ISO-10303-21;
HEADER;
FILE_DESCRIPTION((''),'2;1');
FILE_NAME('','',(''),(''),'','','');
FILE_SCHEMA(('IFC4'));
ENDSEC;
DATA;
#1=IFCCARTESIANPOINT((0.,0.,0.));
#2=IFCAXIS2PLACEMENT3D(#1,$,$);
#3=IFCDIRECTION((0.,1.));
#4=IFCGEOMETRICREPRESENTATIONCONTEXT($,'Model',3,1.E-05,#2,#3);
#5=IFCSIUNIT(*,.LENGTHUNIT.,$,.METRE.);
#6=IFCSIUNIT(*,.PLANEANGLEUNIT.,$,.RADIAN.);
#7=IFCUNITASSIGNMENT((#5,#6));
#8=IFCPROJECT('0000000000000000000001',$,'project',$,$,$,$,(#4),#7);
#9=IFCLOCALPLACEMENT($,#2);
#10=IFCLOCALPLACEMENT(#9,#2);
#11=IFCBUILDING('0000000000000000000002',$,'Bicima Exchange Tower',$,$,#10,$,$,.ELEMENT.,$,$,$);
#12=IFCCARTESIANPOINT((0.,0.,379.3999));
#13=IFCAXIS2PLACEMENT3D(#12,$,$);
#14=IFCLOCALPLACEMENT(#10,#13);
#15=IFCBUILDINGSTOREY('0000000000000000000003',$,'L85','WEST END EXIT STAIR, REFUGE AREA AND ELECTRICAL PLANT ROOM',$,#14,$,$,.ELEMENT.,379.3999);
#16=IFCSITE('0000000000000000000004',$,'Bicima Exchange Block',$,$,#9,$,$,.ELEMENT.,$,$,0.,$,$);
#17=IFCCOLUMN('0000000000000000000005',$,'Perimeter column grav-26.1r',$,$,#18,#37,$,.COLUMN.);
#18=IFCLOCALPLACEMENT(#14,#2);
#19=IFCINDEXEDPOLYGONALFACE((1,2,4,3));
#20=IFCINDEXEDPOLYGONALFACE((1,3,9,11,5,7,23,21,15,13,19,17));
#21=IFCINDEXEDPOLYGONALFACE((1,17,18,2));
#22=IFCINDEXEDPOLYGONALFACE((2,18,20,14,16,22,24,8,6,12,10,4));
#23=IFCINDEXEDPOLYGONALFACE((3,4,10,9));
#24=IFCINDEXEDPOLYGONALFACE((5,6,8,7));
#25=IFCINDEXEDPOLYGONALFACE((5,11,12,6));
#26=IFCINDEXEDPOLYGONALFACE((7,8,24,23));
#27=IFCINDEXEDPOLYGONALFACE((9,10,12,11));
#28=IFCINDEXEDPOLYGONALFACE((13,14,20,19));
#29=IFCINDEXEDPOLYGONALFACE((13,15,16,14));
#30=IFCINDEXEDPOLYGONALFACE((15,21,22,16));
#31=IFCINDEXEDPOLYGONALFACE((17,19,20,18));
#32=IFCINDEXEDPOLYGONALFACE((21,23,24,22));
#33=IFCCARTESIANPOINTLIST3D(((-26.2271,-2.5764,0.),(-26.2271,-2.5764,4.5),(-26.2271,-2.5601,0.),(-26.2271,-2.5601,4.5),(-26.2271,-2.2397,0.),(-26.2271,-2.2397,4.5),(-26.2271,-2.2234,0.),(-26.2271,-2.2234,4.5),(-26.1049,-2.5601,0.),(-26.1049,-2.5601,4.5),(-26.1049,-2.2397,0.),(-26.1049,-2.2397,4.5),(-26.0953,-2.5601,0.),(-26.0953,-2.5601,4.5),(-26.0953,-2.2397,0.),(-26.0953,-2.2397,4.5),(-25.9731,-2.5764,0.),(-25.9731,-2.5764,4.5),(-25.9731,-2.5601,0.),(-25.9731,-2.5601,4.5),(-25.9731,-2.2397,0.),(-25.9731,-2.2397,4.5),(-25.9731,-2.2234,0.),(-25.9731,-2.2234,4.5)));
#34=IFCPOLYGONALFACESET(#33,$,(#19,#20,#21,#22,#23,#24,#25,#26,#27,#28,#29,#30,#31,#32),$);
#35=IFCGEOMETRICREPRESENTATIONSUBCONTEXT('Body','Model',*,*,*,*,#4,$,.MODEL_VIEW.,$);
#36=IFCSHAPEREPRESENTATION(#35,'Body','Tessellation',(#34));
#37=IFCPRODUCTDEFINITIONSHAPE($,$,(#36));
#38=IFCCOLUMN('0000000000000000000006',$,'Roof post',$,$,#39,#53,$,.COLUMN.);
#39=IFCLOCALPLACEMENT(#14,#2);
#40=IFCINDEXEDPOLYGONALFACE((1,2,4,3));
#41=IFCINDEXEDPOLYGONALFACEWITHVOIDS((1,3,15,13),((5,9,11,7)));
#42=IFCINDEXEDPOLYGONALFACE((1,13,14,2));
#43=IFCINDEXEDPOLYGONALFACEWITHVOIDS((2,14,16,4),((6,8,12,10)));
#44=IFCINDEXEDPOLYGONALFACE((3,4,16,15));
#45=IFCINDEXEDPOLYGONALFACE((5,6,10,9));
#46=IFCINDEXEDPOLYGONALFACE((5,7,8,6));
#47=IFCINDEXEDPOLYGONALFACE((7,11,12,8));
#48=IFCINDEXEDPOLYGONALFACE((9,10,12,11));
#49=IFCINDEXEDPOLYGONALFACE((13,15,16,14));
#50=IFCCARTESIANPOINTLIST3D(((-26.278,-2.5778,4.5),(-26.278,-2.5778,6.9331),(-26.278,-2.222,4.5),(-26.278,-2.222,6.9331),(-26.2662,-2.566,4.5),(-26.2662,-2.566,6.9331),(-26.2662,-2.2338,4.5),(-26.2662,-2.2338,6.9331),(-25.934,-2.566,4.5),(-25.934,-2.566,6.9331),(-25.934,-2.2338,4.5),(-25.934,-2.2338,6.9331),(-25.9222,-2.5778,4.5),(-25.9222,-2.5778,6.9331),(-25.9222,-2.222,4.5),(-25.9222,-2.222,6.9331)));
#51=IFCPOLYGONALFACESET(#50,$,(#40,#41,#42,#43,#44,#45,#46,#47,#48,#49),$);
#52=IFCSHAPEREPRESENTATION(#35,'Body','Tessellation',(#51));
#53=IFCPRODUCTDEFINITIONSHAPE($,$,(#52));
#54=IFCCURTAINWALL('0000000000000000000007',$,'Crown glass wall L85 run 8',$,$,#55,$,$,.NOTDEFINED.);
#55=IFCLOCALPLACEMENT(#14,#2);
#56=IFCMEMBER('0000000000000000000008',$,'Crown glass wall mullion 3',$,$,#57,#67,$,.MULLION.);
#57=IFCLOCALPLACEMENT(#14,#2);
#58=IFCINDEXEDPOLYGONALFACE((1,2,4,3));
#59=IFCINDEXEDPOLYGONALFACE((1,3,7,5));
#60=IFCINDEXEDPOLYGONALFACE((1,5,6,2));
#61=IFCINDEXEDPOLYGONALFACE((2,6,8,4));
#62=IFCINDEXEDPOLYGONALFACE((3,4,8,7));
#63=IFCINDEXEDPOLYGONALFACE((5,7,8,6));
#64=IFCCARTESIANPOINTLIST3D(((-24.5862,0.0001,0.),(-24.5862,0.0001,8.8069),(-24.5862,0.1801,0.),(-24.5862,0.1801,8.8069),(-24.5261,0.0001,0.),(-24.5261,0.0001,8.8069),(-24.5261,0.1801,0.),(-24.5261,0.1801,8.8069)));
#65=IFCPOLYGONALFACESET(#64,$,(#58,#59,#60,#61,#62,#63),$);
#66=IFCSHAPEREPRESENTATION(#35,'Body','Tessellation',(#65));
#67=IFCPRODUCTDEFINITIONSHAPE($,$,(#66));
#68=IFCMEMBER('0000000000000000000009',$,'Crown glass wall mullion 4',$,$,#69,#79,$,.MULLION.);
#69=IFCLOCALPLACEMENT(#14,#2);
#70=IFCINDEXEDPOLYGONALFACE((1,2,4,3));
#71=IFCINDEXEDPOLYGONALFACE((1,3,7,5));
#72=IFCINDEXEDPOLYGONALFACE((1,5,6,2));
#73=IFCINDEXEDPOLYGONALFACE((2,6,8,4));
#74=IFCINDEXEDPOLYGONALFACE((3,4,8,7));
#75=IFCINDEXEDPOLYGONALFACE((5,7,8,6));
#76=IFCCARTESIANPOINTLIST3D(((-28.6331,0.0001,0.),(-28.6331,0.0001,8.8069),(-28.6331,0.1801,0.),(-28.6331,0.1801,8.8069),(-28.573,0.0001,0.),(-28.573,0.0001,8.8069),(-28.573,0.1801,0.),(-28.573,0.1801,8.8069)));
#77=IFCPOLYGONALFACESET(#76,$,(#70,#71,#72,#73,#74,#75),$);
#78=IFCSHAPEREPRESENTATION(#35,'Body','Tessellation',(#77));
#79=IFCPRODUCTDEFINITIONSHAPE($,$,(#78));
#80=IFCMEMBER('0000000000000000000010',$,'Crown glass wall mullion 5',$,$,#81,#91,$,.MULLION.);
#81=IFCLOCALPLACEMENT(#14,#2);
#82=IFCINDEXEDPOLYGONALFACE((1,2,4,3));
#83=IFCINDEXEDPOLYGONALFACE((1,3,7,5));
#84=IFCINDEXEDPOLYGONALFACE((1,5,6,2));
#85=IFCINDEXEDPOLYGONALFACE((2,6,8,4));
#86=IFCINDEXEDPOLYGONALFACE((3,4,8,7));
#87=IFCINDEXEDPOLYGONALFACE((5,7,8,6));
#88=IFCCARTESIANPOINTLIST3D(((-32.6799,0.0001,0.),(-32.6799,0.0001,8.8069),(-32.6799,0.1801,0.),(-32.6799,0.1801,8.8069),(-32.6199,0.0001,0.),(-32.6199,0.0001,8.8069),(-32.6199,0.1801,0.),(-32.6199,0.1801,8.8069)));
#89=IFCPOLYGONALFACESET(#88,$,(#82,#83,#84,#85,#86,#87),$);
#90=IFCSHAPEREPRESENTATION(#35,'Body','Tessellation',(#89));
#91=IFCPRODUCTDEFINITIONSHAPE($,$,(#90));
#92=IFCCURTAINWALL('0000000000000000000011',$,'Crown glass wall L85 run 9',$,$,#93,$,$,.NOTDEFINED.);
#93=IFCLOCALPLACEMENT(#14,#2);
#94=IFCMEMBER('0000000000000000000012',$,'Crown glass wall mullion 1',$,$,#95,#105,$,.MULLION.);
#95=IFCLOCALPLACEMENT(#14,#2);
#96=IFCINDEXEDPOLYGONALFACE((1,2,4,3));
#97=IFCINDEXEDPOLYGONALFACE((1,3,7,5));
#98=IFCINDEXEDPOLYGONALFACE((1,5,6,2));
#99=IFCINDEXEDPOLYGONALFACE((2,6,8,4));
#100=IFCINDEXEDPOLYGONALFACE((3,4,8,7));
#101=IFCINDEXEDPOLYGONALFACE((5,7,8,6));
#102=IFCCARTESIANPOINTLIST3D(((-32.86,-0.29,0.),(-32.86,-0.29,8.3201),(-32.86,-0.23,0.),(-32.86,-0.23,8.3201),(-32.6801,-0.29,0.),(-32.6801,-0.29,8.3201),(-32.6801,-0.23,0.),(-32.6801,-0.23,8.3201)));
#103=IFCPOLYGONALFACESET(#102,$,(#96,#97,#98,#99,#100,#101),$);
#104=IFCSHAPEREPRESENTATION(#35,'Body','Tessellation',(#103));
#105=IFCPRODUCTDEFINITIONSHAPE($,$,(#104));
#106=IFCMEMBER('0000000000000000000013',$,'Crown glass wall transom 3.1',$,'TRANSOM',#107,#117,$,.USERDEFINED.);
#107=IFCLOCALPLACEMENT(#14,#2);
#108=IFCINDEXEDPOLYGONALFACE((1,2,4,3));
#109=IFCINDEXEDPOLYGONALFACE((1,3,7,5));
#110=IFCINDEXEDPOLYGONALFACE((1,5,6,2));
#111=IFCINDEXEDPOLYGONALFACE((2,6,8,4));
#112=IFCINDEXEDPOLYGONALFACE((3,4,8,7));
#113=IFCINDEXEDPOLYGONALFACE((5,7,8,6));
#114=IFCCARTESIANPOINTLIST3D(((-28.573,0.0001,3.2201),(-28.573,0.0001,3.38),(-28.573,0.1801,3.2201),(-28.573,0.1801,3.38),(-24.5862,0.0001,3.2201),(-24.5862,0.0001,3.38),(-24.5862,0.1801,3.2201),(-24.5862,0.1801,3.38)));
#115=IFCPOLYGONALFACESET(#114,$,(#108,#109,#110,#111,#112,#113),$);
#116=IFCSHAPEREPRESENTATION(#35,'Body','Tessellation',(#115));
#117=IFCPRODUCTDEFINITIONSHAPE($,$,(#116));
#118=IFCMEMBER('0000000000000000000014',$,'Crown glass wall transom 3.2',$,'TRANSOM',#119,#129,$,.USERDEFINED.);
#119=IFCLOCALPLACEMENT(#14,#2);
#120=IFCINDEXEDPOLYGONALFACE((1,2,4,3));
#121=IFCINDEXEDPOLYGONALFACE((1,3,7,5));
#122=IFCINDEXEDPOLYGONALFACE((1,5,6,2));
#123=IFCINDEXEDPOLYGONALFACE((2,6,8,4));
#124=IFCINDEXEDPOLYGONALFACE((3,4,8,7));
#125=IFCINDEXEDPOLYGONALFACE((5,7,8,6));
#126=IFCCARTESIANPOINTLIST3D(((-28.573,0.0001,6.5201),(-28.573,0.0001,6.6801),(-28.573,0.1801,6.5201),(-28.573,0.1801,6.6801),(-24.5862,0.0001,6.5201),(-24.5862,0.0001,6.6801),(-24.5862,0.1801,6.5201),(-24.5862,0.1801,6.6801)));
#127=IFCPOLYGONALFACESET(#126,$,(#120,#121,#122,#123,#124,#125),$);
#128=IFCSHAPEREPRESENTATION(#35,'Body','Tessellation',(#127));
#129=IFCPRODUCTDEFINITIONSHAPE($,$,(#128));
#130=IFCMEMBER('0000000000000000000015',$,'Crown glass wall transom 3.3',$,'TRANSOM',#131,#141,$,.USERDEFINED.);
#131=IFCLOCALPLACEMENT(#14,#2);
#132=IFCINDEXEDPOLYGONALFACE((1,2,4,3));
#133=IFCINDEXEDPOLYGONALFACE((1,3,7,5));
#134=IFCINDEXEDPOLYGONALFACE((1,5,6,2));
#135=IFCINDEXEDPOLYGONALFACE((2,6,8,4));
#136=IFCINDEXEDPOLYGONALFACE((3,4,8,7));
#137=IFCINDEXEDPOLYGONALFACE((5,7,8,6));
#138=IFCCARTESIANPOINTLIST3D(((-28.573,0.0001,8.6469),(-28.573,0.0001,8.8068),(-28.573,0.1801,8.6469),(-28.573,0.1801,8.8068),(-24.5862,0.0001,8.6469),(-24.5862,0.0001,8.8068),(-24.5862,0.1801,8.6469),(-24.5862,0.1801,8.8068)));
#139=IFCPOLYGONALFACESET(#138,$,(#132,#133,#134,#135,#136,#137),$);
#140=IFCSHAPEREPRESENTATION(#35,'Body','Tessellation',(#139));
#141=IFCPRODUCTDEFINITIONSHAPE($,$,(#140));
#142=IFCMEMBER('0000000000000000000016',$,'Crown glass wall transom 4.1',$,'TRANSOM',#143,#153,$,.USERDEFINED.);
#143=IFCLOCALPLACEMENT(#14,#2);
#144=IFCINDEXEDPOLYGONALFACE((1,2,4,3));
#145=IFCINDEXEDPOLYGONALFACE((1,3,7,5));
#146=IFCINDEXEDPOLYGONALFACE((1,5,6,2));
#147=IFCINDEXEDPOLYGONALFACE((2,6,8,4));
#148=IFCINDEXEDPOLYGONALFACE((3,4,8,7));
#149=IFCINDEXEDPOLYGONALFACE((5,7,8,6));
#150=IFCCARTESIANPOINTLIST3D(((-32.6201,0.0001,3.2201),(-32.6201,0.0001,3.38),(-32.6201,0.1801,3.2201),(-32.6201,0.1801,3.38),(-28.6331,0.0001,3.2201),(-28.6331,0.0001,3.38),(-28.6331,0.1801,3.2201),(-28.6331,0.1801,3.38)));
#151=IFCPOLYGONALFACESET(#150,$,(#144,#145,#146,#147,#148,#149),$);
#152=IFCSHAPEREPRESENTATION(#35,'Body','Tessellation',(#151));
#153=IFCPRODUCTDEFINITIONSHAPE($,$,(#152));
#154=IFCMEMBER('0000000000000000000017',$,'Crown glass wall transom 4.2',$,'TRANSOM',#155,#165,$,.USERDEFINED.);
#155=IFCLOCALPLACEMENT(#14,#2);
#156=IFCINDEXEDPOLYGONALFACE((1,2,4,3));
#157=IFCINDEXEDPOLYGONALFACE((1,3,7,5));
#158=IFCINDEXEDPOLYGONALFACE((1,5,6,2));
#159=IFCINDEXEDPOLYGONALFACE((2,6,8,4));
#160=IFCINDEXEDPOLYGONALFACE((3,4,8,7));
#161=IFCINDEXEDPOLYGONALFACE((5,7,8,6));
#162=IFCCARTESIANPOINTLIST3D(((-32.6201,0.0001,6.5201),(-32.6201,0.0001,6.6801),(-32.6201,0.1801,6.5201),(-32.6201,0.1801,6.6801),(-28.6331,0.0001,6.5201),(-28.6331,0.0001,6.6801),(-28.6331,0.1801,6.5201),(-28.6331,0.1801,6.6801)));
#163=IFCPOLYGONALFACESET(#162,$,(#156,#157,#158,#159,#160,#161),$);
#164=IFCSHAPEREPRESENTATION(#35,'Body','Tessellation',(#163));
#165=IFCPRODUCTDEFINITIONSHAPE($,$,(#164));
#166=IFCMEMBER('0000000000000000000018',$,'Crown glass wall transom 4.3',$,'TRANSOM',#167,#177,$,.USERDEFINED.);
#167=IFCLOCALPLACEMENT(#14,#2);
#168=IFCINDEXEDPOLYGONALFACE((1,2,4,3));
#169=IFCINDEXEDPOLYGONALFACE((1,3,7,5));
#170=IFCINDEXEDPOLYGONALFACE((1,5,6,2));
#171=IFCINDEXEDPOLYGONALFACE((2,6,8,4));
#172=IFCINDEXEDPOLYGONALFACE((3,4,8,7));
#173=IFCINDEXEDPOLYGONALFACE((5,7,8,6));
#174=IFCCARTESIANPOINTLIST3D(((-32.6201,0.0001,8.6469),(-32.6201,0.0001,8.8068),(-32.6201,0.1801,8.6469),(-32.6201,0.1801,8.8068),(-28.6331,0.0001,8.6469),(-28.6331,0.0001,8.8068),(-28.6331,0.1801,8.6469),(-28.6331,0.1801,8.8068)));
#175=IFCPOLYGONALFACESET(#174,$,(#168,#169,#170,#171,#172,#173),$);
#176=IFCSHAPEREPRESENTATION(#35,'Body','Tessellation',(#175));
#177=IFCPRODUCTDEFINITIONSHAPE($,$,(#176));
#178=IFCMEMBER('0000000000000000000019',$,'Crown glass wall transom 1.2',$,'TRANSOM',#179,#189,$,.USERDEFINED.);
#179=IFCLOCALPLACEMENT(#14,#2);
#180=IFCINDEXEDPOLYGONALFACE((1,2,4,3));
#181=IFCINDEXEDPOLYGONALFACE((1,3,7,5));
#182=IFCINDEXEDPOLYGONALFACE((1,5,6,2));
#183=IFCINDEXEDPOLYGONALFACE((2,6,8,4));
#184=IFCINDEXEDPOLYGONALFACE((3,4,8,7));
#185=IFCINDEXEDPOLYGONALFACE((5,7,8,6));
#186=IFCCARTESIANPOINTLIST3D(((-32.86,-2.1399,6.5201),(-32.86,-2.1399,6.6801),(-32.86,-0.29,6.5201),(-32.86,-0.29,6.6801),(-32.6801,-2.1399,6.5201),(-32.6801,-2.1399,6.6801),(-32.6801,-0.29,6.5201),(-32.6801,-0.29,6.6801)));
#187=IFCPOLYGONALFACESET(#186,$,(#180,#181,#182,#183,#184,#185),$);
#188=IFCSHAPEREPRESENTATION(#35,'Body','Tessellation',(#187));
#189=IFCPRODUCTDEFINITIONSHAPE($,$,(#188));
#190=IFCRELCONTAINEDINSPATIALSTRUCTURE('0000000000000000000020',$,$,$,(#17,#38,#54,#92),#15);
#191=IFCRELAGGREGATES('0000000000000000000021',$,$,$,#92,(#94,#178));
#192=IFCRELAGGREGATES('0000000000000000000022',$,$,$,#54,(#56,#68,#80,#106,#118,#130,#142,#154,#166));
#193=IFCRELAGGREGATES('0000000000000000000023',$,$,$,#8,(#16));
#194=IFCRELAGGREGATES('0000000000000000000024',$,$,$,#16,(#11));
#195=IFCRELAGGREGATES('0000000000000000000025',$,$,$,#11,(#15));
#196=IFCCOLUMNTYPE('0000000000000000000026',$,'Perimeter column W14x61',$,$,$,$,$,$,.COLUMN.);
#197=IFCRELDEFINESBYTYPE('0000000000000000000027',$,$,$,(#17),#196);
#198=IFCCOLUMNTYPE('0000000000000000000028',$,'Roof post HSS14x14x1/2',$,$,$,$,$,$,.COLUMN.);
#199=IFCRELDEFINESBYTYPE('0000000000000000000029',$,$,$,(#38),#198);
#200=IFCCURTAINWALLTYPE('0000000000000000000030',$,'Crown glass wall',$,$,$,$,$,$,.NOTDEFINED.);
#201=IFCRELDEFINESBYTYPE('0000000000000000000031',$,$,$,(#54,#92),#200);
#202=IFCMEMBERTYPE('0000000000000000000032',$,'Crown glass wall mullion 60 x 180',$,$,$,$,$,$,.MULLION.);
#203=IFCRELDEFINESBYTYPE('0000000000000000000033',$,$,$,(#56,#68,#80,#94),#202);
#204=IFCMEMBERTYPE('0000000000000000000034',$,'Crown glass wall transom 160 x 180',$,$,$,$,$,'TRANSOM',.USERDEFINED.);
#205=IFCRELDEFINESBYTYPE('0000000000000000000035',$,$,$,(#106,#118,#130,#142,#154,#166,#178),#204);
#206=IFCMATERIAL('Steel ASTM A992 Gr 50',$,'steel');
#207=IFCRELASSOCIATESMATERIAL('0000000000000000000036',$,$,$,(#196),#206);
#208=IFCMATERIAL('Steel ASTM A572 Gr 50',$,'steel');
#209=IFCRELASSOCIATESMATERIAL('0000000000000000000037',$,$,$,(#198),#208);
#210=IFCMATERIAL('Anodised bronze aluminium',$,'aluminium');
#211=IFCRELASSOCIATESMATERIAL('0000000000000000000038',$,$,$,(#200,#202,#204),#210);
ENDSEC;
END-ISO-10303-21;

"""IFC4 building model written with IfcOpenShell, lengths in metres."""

from ifc_helpers import new_model, si_unit, direction, frame, origin, origin_2d, place, context, subcontext, project, spatial, rectangle, hollow_rectangle, i_section, extrude, material, material_profile, profile_set, type_object, element, aggregate, save


model = new_model("IFC4")

# Units and contexts
model_context = context("Model", 3, precision=1e-05, world=origin(), true_north=direction((0.0, 1.0)))
body_context = subcontext(model_context, "Body", "Model", "MODEL_VIEW")
ifc_project = project(units=[si_unit("LENGTHUNIT", "METRE"), si_unit("PLANEANGLEUNIT", "RADIAN")], contexts=[model_context])

# Site, building, storey
site_placement = place(None, origin())
site = spatial("IfcSite", under=ifc_project, at=site_placement, Name="Bicima Exchange Block", CompositionType="ELEMENT", RefElevation=0.0)
building_placement = place(site_placement, origin())
building = spatial("IfcBuilding", under=site, at=building_placement, Name="Bicima Exchange Tower", CompositionType="ELEMENT")
storey_placement = place(building_placement, frame((0.0, 0.0, 379.3999)))
storey = spatial("IfcBuildingStorey", under=building, at=storey_placement, Name="L85", Description="WEST END EXIT STAIR, REFUGE AREA AND ELECTRICAL PLANT ROOM", CompositionType="ELEMENT", Elevation=379.3999)

# Columns
ifc_material_1 = material(Name="Steel ASTM A992 Gr 50", Category="steel")
ifc_material_profile_1 = material_profile(ifc_material_1, i_section(OverallWidth=0.2539, OverallDepth=0.353, WebThickness=0.0095, FlangeThickness=0.0164, at=origin_2d()))
ifc_profile_set_1 = profile_set([ifc_material_profile_1], Name="Steel ASTM A992 Gr 50")
column_type_1 = type_object("IfcColumnType", Name="Perimeter column W14x61", PredefinedType="COLUMN", material=ifc_profile_set_1)
column_1_placement = place(storey_placement, frame((-26.1001, -2.3999, 0.0), z_axis=(0.0, 0.0, 1.0), x_axis=(1.0, 0.0, 0.0)))
element("IfcColumn", 1, at=column_1_placement, inside=storey, type_object=column_type_1, Name="Perimeter column grav-26.1r", PredefinedType="COLUMN", context=body_context, shape_type="SweptSolid", body=[
    extrude(i_section(OverallWidth=0.2539, OverallDepth=0.353, WebThickness=0.0095, FlangeThickness=0.0164, at=origin_2d()), origin(), (0.0, 0.0, 1.0), 4.5),
])
ifc_material_2 = material(Name="Steel ASTM A572 Gr 50", Category="steel")
ifc_material_profile_2 = material_profile(ifc_material_2, hollow_rectangle(XDim=0.3557, YDim=0.3557, WallThickness=0.0117, at=origin_2d()))
ifc_profile_set_2 = profile_set([ifc_material_profile_2], Name="Steel ASTM A572 Gr 50")
column_type_2 = type_object("IfcColumnType", Name="Roof post HSS14x14x1/2", PredefinedType="COLUMN", material=ifc_profile_set_2)
column_2_placement = place(storey_placement, frame((-26.1001, -2.3999, 4.5), z_axis=(0.0, 0.0, 1.0), x_axis=(1.0, 0.0, 0.0)))
element("IfcColumn", 2, at=column_2_placement, inside=storey, type_object=column_type_2, Name="Roof post", PredefinedType="COLUMN", context=body_context, shape_type="SweptSolid", body=[
    extrude(hollow_rectangle(XDim=0.3557, YDim=0.3557, WallThickness=0.0117, at=origin_2d()), origin(), (0.0, 0.0, 1.0), 2.4331),
])

# Curtain wall, members
ifc_material_3 = material(Name="Anodised bronze aluminium", Category="aluminium")
curtain_wall_type = type_object("IfcCurtainWallType", Name="Crown glass wall", PredefinedType="NOTDEFINED", material=ifc_material_3)
curtain_wall_1_placement = place(storey_placement, origin())
curtain_wall_1 = element("IfcCurtainWall", 3, at=curtain_wall_1_placement, inside=storey, type_object=curtain_wall_type, Name="Crown glass wall L85 run 8", PredefinedType="NOTDEFINED")
ifc_material_profile_3 = material_profile(ifc_material_3, rectangle(XDim=0.1799, YDim=0.0601, at=origin_2d()))
ifc_profile_set_3 = profile_set([ifc_material_profile_3], Name="Anodised bronze aluminium")
member_type_1 = type_object("IfcMemberType", Name="Crown glass wall mullion 60 x 180", PredefinedType="MULLION", material=ifc_profile_set_3)
member_1_placement = place(storey_placement, frame((-24.5562, 0.0901, 0.0), z_axis=(0.0, 0.0, 1.0), x_axis=(0.0, -1.0, 0.0)))
member_1 = element("IfcMember", 4, at=member_1_placement, type_object=member_type_1, Name="Crown glass wall mullion 3", PredefinedType="MULLION", context=body_context, shape_type="SweptSolid", body=[
    extrude(rectangle(XDim=0.1799, YDim=0.0601, at=origin_2d()), origin(), (0.0, 0.0, 1.0), 8.8069),
])
member_2_placement = place(storey_placement, frame((-28.603, 0.0901, 0.0), z_axis=(0.0, 0.0, 1.0), x_axis=(0.0, -1.0, 0.0)))
member_2 = element("IfcMember", 5, at=member_2_placement, type_object=member_type_1, Name="Crown glass wall mullion 4", PredefinedType="MULLION", context=body_context, shape_type="SweptSolid", body=[
    extrude(rectangle(XDim=0.1799, YDim=0.0601, at=origin_2d()), origin(), (0.0, 0.0, 1.0), 8.8069),
])
member_3_placement = place(storey_placement, frame((-32.6499, 0.0901, 0.0), z_axis=(0.0, 0.0, 1.0), x_axis=(0.0, -1.0, 0.0)))
member_3 = element("IfcMember", 6, at=member_3_placement, type_object=member_type_1, Name="Crown glass wall mullion 5", PredefinedType="MULLION", context=body_context, shape_type="SweptSolid", body=[
    extrude(rectangle(XDim=0.1799, YDim=0.0601, at=origin_2d()), origin(), (0.0, 0.0, 1.0), 8.8069),
])

# Curtain wall, member
curtain_wall_2_placement = place(storey_placement, origin())
curtain_wall_2 = element("IfcCurtainWall", 7, at=curtain_wall_2_placement, inside=storey, type_object=curtain_wall_type, Name="Crown glass wall L85 run 9", PredefinedType="NOTDEFINED")
member_4_placement = place(storey_placement, frame((-32.77, -0.26, 0.0), z_axis=(0.0, 0.0, 1.0), x_axis=(1.0, 0.0, 0.0)))
member_4 = element("IfcMember", 8, at=member_4_placement, type_object=member_type_1, Name="Crown glass wall mullion 1", PredefinedType="MULLION", context=body_context, shape_type="SweptSolid", body=[
    extrude(rectangle(XDim=0.1799, YDim=0.0601, at=origin_2d()), origin(), (0.0, 0.0, 1.0), 8.3201),
])

# Members
ifc_material_profile_4 = material_profile(ifc_material_3, rectangle(XDim=0.1799, YDim=0.1599, at=origin_2d()))
ifc_profile_set_4 = profile_set([ifc_material_profile_4], Name="Anodised bronze aluminium")
member_type_2 = type_object("IfcMemberType", Name="Crown glass wall transom 160 x 180", ElementType="TRANSOM", PredefinedType="USERDEFINED", material=ifc_profile_set_4)
member_5_placement = place(storey_placement, frame((-24.5862, 0.0901, 3.3), z_axis=(-1.0, 0.0, 0.0), x_axis=(0.0, -1.0, 0.0)))
member_5 = element("IfcMember", 9, at=member_5_placement, type_object=member_type_2, Name="Crown glass wall transom 3.1", ObjectType="TRANSOM", PredefinedType="USERDEFINED", context=body_context, shape_type="SweptSolid", body=[
    extrude(rectangle(XDim=0.1799, YDim=0.1599, at=origin_2d()), origin(), (0.0, 0.0, 1.0), 3.9868),
])
member_6_placement = place(storey_placement, frame((-24.5862, 0.0901, 6.6001), z_axis=(-1.0, 0.0, 0.0), x_axis=(0.0, -1.0, 0.0)))
member_6 = element("IfcMember", 10, at=member_6_placement, type_object=member_type_2, Name="Crown glass wall transom 3.2", ObjectType="TRANSOM", PredefinedType="USERDEFINED", context=body_context, shape_type="SweptSolid", body=[
    extrude(rectangle(XDim=0.1799, YDim=0.1599, at=origin_2d()), origin(), (0.0, 0.0, 1.0), 3.9868),
])
member_7_placement = place(storey_placement, frame((-24.5862, 0.0901, 8.7268), z_axis=(-1.0, 0.0, 0.0), x_axis=(0.0, -1.0, 0.0)))
member_7 = element("IfcMember", 11, at=member_7_placement, type_object=member_type_2, Name="Crown glass wall transom 3.3", ObjectType="TRANSOM", PredefinedType="USERDEFINED", context=body_context, shape_type="SweptSolid", body=[
    extrude(rectangle(XDim=0.1799, YDim=0.1599, at=origin_2d()), origin(), (0.0, 0.0, 1.0), 3.9868),
])
member_8_placement = place(storey_placement, frame((-28.6331, 0.0901, 3.3), z_axis=(-1.0, 0.0, 0.0), x_axis=(0.0, -1.0, 0.0)))
member_8 = element("IfcMember", 12, at=member_8_placement, type_object=member_type_2, Name="Crown glass wall transom 4.1", ObjectType="TRANSOM", PredefinedType="USERDEFINED", context=body_context, shape_type="SweptSolid", body=[
    extrude(rectangle(XDim=0.1799, YDim=0.1599, at=origin_2d()), origin(), (0.0, 0.0, 1.0), 3.9871),
])
member_9_placement = place(storey_placement, frame((-28.6331, 0.0901, 6.6001), z_axis=(-1.0, 0.0, 0.0), x_axis=(0.0, -1.0, 0.0)))
member_9 = element("IfcMember", 13, at=member_9_placement, type_object=member_type_2, Name="Crown glass wall transom 4.2", ObjectType="TRANSOM", PredefinedType="USERDEFINED", context=body_context, shape_type="SweptSolid", body=[
    extrude(rectangle(XDim=0.1799, YDim=0.1599, at=origin_2d()), origin(), (0.0, 0.0, 1.0), 3.9871),
])
member_10_placement = place(storey_placement, frame((-28.6331, 0.0901, 8.7268), z_axis=(-1.0, 0.0, 0.0), x_axis=(0.0, -1.0, 0.0)))
member_10 = element("IfcMember", 14, at=member_10_placement, type_object=member_type_2, Name="Crown glass wall transom 4.3", ObjectType="TRANSOM", PredefinedType="USERDEFINED", context=body_context, shape_type="SweptSolid", body=[
    extrude(rectangle(XDim=0.1799, YDim=0.1599, at=origin_2d()), origin(), (0.0, 0.0, 1.0), 3.9871),
])
member_11_placement = place(storey_placement, frame((-32.77, -0.29, 6.6001), z_axis=(0.0, -1.0, 0.0), x_axis=(1.0, 0.0, 0.0)))
member_11 = element("IfcMember", 15, at=member_11_placement, type_object=member_type_2, Name="Crown glass wall transom 1.2", ObjectType="TRANSOM", PredefinedType="USERDEFINED", context=body_context, shape_type="SweptSolid", body=[
    extrude(rectangle(XDim=0.1799, YDim=0.1599, at=origin_2d()), origin(), (0.0, 0.0, 1.0), 1.8499),
])
aggregate(curtain_wall_2, [member_4, member_11])

aggregate(curtain_wall_1, [member_1, member_2, member_3, member_5, member_6, member_7, member_8, member_9, member_10])

save(model, "model.ifc")
